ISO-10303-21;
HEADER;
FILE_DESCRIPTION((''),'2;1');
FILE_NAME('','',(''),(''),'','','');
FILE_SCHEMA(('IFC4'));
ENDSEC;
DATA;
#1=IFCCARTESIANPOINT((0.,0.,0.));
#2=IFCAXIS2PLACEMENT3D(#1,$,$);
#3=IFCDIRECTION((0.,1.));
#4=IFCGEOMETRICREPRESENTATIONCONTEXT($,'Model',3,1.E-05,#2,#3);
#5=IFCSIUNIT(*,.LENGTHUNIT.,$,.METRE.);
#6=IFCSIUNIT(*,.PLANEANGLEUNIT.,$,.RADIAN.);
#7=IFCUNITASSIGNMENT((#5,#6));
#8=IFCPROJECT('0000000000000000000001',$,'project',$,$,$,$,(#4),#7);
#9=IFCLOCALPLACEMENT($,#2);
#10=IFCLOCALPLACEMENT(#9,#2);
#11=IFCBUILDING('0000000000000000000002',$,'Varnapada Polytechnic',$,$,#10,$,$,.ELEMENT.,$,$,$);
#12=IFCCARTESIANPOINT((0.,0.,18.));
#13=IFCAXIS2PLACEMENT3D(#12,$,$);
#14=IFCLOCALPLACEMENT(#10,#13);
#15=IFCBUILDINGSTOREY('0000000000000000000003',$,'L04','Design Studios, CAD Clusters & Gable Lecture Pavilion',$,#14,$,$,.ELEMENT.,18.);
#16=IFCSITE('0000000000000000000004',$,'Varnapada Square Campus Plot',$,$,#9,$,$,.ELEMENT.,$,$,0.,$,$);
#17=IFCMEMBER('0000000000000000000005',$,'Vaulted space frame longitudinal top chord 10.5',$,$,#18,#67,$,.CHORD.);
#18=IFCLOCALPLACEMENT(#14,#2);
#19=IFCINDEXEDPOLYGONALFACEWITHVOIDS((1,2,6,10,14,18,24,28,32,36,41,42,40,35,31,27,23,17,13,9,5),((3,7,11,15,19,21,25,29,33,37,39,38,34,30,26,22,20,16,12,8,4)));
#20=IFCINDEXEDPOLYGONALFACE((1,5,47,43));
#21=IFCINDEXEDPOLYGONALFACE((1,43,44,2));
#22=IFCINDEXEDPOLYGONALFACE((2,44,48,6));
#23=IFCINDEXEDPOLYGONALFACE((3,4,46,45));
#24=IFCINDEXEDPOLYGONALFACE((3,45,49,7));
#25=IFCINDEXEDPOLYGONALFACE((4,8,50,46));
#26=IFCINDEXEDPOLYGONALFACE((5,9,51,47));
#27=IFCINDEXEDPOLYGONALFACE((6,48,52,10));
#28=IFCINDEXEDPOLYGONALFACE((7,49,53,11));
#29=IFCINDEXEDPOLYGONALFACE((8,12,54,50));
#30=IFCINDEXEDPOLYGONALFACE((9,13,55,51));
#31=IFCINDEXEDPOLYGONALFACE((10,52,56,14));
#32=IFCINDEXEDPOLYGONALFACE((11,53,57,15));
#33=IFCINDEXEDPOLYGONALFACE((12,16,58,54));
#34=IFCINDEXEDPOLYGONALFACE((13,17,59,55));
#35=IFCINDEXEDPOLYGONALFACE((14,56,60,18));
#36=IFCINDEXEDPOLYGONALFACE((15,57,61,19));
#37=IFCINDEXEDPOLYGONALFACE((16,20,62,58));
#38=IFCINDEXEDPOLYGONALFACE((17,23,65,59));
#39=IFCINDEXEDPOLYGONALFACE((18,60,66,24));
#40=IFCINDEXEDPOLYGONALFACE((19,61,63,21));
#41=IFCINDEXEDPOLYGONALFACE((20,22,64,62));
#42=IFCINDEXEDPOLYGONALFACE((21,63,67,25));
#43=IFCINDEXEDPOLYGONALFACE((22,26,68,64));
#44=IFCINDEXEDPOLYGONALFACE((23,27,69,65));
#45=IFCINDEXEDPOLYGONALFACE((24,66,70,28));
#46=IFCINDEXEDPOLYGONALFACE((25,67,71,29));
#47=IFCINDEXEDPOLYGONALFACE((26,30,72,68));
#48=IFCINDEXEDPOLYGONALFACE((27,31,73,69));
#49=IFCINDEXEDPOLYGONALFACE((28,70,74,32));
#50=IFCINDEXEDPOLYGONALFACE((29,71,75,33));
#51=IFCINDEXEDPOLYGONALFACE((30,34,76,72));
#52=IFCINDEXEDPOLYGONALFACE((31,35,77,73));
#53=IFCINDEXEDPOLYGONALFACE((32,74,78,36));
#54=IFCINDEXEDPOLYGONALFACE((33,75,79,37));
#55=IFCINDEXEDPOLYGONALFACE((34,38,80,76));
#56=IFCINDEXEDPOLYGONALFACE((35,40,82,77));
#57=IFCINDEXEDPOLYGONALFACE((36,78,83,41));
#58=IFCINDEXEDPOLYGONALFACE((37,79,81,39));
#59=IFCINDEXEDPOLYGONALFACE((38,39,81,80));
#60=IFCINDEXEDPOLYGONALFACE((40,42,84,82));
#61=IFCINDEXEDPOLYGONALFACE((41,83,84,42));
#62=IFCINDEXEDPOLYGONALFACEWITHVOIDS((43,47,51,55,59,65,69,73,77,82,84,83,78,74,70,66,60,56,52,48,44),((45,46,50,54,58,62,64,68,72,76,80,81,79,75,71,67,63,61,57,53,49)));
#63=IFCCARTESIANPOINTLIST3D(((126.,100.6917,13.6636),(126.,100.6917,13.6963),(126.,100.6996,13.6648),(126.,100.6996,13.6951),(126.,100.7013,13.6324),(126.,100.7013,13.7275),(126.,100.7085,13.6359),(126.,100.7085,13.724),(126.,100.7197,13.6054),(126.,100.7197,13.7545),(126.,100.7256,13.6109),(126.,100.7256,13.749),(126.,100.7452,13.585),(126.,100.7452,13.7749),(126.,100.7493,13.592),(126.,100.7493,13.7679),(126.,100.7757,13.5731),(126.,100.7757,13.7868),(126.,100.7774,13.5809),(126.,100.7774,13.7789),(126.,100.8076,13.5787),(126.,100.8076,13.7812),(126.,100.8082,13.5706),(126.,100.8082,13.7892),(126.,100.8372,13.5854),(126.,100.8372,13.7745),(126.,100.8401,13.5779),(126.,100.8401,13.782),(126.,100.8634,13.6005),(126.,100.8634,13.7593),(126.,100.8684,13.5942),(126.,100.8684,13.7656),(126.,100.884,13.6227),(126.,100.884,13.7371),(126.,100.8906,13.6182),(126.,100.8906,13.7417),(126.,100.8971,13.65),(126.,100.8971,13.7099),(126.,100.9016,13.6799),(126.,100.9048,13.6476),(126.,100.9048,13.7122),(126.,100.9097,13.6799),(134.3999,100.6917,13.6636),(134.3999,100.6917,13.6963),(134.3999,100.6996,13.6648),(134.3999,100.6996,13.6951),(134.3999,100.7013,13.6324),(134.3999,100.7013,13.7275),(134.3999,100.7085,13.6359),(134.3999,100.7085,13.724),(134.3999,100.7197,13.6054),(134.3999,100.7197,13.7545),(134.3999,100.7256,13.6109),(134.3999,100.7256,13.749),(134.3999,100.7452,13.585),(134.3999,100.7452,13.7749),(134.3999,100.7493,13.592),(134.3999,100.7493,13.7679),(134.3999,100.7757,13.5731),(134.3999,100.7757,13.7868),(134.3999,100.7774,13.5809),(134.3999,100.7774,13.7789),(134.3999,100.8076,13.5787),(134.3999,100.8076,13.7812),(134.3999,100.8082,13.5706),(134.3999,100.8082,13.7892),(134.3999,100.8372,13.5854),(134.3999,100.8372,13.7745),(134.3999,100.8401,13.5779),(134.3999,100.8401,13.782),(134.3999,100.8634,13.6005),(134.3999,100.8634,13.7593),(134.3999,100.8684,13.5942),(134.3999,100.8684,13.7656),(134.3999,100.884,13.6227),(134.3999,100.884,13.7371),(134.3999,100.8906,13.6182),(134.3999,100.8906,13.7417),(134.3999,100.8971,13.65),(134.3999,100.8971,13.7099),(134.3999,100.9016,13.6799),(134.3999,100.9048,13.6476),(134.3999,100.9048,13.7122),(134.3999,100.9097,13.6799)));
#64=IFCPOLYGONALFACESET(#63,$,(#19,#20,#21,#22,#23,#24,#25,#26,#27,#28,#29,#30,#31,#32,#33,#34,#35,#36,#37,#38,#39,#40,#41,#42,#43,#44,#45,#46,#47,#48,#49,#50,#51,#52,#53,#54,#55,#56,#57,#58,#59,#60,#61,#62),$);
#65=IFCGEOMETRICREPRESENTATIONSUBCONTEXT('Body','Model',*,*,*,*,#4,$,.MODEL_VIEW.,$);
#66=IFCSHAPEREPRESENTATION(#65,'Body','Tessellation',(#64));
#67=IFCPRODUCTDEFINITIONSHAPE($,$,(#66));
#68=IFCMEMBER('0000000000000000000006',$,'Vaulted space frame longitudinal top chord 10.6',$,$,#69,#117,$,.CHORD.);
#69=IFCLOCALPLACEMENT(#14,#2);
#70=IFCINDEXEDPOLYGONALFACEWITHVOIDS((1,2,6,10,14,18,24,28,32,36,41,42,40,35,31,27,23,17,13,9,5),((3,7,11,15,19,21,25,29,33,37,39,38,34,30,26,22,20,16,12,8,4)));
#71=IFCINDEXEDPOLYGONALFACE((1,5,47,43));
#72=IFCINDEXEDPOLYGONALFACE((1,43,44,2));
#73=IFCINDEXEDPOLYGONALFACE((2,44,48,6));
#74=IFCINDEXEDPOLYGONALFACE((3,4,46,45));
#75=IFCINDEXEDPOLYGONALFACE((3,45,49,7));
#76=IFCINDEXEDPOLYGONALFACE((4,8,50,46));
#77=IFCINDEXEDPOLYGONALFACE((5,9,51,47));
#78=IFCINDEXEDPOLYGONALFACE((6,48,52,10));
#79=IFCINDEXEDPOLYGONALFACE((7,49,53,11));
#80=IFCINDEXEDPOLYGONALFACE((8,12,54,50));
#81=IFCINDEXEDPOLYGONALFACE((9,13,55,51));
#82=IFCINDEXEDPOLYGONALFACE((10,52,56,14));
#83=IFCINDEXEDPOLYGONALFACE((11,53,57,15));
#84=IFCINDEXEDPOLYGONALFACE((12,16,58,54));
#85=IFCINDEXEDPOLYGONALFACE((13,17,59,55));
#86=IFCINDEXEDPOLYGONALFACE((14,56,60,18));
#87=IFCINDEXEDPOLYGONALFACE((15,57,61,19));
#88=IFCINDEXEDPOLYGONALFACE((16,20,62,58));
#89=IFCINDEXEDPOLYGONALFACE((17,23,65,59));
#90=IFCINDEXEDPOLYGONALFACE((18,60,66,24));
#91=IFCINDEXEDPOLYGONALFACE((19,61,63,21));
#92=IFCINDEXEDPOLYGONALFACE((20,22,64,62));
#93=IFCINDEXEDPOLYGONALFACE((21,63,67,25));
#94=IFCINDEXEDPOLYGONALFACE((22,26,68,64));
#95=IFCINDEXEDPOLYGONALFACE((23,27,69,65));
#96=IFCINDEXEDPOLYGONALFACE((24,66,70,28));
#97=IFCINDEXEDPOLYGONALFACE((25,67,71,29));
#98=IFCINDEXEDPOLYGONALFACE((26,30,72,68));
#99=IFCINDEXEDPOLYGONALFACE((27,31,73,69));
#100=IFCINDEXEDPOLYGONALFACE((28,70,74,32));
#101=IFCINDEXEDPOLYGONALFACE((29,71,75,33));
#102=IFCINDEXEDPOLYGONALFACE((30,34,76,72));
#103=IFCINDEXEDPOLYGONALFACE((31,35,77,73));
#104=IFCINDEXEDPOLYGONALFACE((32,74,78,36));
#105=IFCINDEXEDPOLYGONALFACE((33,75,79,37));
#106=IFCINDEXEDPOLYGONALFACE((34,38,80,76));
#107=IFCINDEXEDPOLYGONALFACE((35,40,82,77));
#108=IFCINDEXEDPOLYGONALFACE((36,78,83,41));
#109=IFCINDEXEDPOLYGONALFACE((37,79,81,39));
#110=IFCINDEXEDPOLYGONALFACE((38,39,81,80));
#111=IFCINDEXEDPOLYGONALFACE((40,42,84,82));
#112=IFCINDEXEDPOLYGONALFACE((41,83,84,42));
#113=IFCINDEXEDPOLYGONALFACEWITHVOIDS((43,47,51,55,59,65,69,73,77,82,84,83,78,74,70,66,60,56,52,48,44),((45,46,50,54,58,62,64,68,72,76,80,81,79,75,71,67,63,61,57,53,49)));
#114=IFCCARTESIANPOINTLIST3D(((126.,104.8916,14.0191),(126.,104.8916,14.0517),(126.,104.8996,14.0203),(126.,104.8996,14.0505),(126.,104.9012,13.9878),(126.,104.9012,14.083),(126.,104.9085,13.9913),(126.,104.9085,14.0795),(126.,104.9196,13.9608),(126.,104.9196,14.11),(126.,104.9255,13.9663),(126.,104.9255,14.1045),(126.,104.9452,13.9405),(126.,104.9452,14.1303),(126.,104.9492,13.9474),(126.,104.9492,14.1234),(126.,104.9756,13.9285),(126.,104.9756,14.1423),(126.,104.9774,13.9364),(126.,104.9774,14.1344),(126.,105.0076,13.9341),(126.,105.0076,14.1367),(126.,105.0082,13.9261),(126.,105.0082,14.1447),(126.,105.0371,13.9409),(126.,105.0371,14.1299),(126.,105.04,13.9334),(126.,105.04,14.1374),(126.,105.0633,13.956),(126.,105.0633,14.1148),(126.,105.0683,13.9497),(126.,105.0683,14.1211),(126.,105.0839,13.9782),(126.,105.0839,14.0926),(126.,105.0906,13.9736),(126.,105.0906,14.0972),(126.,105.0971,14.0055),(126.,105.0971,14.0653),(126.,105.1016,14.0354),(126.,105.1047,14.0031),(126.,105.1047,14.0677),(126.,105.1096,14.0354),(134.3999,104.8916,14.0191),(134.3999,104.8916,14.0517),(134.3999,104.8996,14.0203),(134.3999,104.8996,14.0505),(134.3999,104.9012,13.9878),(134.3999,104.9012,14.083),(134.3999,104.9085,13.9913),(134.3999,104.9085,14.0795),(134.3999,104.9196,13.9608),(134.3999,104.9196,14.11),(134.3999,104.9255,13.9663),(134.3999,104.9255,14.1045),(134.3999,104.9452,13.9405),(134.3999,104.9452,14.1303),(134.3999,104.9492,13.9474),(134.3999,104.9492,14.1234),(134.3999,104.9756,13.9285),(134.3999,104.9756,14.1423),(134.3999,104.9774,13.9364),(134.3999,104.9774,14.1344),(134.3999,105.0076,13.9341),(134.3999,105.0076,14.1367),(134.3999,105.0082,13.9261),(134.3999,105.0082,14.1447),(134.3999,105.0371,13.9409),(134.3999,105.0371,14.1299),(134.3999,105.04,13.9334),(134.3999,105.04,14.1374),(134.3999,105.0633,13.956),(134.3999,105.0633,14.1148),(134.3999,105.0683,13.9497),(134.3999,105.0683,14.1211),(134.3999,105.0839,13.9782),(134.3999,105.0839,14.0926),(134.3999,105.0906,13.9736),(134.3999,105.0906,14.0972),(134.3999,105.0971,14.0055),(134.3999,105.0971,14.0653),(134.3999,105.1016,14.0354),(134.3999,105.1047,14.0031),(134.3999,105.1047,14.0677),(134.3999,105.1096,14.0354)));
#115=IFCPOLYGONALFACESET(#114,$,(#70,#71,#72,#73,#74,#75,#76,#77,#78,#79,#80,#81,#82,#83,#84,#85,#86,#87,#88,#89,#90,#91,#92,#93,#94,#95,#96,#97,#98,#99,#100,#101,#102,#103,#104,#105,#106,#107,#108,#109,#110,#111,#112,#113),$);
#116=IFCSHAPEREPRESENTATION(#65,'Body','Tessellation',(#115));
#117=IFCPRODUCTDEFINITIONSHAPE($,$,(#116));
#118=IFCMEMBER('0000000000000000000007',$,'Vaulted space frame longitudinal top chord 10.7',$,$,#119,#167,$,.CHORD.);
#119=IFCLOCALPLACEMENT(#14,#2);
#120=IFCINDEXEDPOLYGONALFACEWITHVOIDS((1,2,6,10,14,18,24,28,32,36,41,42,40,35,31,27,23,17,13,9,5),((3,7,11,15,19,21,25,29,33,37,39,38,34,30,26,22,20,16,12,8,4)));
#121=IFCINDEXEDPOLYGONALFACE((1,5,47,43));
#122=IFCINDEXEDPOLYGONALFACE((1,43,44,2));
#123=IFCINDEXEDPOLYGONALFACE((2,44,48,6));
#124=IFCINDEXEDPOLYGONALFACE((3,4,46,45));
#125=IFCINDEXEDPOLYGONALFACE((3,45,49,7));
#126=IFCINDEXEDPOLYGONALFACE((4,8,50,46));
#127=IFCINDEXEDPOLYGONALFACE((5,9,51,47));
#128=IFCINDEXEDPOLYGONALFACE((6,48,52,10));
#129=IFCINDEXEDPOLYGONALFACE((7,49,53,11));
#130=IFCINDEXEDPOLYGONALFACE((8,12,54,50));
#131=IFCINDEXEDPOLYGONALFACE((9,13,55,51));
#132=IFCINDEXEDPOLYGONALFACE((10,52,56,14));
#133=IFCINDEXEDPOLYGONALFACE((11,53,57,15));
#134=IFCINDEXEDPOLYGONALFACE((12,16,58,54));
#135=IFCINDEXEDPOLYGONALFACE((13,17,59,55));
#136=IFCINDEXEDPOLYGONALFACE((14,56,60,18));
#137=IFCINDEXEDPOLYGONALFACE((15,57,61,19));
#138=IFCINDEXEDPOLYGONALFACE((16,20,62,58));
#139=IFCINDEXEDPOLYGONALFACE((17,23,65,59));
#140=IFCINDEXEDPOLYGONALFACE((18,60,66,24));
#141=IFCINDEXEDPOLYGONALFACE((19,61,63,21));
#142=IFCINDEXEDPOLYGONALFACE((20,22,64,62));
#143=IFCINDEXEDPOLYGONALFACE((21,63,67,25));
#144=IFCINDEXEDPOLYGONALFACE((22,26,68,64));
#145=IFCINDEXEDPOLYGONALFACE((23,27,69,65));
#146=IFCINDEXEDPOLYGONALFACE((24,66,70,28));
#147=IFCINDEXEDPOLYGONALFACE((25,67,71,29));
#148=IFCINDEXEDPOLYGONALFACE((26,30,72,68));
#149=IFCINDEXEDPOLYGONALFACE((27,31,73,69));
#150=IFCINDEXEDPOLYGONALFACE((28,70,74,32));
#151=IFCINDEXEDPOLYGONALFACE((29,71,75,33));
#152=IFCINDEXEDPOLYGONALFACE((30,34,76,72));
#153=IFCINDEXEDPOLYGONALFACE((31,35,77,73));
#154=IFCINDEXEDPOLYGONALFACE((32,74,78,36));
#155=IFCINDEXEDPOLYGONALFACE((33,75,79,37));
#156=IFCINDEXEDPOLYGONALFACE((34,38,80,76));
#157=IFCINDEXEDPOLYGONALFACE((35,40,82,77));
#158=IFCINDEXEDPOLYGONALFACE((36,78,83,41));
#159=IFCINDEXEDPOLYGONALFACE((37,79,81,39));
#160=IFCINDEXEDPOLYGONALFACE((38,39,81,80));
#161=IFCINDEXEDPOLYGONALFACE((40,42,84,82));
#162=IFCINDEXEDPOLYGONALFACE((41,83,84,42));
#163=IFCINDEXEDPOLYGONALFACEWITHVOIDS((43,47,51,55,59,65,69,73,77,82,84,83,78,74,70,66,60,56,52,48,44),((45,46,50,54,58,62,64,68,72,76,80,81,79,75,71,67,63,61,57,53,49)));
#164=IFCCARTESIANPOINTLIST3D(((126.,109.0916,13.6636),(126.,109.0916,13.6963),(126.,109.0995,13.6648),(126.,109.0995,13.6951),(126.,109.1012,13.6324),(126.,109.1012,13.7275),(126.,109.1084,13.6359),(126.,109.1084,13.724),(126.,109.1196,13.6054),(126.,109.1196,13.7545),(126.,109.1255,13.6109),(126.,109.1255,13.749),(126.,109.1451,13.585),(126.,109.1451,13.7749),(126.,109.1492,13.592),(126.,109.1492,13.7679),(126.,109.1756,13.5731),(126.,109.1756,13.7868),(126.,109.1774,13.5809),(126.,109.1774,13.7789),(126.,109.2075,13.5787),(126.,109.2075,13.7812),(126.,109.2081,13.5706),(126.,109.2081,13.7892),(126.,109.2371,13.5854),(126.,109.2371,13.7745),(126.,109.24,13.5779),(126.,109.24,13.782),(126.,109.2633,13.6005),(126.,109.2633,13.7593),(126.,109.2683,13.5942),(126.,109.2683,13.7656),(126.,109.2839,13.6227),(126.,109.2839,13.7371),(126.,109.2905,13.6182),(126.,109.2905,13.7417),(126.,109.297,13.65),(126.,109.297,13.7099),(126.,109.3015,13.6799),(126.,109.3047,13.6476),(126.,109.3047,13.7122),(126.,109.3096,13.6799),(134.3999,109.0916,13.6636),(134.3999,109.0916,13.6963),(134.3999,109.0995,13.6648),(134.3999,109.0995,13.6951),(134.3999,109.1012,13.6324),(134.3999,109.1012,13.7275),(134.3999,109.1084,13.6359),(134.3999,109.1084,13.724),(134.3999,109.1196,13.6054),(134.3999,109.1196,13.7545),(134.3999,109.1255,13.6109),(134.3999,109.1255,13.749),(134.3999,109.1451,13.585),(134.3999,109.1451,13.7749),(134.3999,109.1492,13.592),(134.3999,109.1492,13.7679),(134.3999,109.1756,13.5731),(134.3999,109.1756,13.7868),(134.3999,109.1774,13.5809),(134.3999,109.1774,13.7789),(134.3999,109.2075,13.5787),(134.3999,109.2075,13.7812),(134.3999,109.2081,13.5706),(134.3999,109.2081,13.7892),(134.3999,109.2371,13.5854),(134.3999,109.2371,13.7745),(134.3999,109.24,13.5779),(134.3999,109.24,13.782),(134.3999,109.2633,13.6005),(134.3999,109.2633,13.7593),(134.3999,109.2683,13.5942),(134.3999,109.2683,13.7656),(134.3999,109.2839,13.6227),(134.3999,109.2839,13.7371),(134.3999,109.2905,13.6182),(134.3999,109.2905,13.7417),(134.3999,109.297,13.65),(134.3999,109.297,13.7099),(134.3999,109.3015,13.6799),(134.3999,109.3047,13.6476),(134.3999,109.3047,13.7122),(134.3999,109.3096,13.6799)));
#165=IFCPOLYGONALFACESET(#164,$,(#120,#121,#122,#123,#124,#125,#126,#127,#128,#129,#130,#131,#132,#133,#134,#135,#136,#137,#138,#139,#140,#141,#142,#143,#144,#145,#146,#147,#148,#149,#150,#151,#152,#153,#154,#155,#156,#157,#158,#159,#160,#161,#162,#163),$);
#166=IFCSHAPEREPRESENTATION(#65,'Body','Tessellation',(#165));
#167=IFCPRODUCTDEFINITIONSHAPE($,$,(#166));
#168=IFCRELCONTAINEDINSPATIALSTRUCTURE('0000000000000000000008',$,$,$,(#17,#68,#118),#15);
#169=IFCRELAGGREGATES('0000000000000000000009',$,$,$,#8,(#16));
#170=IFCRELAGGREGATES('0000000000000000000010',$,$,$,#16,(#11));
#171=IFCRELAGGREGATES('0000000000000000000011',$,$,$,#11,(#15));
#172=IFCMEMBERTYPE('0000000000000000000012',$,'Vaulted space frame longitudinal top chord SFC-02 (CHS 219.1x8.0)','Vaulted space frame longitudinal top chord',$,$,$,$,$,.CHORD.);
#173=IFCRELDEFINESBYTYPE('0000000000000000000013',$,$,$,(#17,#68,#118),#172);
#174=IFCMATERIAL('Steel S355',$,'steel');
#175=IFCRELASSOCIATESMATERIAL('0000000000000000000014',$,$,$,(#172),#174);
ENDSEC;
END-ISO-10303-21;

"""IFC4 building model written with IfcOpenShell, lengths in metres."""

from ifc_helpers import new_model, si_unit, direction, frame, origin, origin_2d, place, context, subcontext, project, spatial, hollow_circle, extrude, material, material_profile, profile_set, type_object, element, save


model = new_model("IFC4")

# Units and contexts
model_context = context("Model", 3, precision=1e-05, world=origin(), true_north=direction((0.0, 1.0)))
body_context = subcontext(model_context, "Body", "Model", "MODEL_VIEW")
ifc_project = project(units=[si_unit("LENGTHUNIT", "METRE"), si_unit("PLANEANGLEUNIT", "RADIAN")], contexts=[model_context])

# Site, building, storey
site_placement = place(None, origin())
site = spatial("IfcSite", under=ifc_project, at=site_placement, Name="Varnapada Square Campus Plot", CompositionType="ELEMENT", RefElevation=0.0)
building_placement = place(site_placement, origin())
building = spatial("IfcBuilding", under=site, at=building_placement, Name="Varnapada Polytechnic", CompositionType="ELEMENT")
storey_placement = place(building_placement, frame((0.0, 0.0, 18.0)))
storey = spatial("IfcBuildingStorey", under=building, at=storey_placement, Name="L04", Description="Design Studios, CAD Clusters & Gable Lecture Pavilion", CompositionType="ELEMENT", Elevation=18.0)

# Members
ifc_material = material(Name="Steel S355", Category="steel")
ifc_material_profile_1 = material_profile(ifc_material, hollow_circle(Radius=0.1096, WallThickness=0.0081, at=origin_2d()), Name="CHS 219.1x8.0")
ifc_profile_set_1 = profile_set([ifc_material_profile_1], Name="Steel S355")
member_type_1 = type_object("IfcMemberType", Name="Vaulted space frame longitudinal top chord SFC-02 (CHS 219.1x8.0)", Description="Vaulted space frame longitudinal top chord", PredefinedType="CHORD", material=ifc_profile_set_1)
for number, where, z_axis, x_axis, name in (
    (1, (126.0, 100.8, 13.6799), (1.0, 0.0, 0.0), (0.0, 1.0, 0.0), "Vaulted space frame longitudinal top chord 10.5"),
    (2, (126.0, 105.0, 14.0354), (1.0, 0.0, 0.0), (0.0, 1.0, 0.0), "Vaulted space frame longitudinal top chord 10.6"),
    (3, (126.0, 109.2, 13.6799), (1.0, 0.0, 0.0), (0.0, 1.0, 0.0), "Vaulted space frame longitudinal top chord 10.7"),
):
    element("IfcMember", number, at=place(storey_placement, frame(where, z_axis=z_axis, x_axis=x_axis)), inside=storey, type_object=member_type_1, Name=name, PredefinedType="CHORD", context=body_context, shape_type="SweptSolid", body=[
        extrude(hollow_circle(Radius=0.1096, WallThickness=0.0081, at=origin_2d()), origin(), (0.0, 0.0, 1.0), 8.3999),
    ])

save(model, "model.ifc")
